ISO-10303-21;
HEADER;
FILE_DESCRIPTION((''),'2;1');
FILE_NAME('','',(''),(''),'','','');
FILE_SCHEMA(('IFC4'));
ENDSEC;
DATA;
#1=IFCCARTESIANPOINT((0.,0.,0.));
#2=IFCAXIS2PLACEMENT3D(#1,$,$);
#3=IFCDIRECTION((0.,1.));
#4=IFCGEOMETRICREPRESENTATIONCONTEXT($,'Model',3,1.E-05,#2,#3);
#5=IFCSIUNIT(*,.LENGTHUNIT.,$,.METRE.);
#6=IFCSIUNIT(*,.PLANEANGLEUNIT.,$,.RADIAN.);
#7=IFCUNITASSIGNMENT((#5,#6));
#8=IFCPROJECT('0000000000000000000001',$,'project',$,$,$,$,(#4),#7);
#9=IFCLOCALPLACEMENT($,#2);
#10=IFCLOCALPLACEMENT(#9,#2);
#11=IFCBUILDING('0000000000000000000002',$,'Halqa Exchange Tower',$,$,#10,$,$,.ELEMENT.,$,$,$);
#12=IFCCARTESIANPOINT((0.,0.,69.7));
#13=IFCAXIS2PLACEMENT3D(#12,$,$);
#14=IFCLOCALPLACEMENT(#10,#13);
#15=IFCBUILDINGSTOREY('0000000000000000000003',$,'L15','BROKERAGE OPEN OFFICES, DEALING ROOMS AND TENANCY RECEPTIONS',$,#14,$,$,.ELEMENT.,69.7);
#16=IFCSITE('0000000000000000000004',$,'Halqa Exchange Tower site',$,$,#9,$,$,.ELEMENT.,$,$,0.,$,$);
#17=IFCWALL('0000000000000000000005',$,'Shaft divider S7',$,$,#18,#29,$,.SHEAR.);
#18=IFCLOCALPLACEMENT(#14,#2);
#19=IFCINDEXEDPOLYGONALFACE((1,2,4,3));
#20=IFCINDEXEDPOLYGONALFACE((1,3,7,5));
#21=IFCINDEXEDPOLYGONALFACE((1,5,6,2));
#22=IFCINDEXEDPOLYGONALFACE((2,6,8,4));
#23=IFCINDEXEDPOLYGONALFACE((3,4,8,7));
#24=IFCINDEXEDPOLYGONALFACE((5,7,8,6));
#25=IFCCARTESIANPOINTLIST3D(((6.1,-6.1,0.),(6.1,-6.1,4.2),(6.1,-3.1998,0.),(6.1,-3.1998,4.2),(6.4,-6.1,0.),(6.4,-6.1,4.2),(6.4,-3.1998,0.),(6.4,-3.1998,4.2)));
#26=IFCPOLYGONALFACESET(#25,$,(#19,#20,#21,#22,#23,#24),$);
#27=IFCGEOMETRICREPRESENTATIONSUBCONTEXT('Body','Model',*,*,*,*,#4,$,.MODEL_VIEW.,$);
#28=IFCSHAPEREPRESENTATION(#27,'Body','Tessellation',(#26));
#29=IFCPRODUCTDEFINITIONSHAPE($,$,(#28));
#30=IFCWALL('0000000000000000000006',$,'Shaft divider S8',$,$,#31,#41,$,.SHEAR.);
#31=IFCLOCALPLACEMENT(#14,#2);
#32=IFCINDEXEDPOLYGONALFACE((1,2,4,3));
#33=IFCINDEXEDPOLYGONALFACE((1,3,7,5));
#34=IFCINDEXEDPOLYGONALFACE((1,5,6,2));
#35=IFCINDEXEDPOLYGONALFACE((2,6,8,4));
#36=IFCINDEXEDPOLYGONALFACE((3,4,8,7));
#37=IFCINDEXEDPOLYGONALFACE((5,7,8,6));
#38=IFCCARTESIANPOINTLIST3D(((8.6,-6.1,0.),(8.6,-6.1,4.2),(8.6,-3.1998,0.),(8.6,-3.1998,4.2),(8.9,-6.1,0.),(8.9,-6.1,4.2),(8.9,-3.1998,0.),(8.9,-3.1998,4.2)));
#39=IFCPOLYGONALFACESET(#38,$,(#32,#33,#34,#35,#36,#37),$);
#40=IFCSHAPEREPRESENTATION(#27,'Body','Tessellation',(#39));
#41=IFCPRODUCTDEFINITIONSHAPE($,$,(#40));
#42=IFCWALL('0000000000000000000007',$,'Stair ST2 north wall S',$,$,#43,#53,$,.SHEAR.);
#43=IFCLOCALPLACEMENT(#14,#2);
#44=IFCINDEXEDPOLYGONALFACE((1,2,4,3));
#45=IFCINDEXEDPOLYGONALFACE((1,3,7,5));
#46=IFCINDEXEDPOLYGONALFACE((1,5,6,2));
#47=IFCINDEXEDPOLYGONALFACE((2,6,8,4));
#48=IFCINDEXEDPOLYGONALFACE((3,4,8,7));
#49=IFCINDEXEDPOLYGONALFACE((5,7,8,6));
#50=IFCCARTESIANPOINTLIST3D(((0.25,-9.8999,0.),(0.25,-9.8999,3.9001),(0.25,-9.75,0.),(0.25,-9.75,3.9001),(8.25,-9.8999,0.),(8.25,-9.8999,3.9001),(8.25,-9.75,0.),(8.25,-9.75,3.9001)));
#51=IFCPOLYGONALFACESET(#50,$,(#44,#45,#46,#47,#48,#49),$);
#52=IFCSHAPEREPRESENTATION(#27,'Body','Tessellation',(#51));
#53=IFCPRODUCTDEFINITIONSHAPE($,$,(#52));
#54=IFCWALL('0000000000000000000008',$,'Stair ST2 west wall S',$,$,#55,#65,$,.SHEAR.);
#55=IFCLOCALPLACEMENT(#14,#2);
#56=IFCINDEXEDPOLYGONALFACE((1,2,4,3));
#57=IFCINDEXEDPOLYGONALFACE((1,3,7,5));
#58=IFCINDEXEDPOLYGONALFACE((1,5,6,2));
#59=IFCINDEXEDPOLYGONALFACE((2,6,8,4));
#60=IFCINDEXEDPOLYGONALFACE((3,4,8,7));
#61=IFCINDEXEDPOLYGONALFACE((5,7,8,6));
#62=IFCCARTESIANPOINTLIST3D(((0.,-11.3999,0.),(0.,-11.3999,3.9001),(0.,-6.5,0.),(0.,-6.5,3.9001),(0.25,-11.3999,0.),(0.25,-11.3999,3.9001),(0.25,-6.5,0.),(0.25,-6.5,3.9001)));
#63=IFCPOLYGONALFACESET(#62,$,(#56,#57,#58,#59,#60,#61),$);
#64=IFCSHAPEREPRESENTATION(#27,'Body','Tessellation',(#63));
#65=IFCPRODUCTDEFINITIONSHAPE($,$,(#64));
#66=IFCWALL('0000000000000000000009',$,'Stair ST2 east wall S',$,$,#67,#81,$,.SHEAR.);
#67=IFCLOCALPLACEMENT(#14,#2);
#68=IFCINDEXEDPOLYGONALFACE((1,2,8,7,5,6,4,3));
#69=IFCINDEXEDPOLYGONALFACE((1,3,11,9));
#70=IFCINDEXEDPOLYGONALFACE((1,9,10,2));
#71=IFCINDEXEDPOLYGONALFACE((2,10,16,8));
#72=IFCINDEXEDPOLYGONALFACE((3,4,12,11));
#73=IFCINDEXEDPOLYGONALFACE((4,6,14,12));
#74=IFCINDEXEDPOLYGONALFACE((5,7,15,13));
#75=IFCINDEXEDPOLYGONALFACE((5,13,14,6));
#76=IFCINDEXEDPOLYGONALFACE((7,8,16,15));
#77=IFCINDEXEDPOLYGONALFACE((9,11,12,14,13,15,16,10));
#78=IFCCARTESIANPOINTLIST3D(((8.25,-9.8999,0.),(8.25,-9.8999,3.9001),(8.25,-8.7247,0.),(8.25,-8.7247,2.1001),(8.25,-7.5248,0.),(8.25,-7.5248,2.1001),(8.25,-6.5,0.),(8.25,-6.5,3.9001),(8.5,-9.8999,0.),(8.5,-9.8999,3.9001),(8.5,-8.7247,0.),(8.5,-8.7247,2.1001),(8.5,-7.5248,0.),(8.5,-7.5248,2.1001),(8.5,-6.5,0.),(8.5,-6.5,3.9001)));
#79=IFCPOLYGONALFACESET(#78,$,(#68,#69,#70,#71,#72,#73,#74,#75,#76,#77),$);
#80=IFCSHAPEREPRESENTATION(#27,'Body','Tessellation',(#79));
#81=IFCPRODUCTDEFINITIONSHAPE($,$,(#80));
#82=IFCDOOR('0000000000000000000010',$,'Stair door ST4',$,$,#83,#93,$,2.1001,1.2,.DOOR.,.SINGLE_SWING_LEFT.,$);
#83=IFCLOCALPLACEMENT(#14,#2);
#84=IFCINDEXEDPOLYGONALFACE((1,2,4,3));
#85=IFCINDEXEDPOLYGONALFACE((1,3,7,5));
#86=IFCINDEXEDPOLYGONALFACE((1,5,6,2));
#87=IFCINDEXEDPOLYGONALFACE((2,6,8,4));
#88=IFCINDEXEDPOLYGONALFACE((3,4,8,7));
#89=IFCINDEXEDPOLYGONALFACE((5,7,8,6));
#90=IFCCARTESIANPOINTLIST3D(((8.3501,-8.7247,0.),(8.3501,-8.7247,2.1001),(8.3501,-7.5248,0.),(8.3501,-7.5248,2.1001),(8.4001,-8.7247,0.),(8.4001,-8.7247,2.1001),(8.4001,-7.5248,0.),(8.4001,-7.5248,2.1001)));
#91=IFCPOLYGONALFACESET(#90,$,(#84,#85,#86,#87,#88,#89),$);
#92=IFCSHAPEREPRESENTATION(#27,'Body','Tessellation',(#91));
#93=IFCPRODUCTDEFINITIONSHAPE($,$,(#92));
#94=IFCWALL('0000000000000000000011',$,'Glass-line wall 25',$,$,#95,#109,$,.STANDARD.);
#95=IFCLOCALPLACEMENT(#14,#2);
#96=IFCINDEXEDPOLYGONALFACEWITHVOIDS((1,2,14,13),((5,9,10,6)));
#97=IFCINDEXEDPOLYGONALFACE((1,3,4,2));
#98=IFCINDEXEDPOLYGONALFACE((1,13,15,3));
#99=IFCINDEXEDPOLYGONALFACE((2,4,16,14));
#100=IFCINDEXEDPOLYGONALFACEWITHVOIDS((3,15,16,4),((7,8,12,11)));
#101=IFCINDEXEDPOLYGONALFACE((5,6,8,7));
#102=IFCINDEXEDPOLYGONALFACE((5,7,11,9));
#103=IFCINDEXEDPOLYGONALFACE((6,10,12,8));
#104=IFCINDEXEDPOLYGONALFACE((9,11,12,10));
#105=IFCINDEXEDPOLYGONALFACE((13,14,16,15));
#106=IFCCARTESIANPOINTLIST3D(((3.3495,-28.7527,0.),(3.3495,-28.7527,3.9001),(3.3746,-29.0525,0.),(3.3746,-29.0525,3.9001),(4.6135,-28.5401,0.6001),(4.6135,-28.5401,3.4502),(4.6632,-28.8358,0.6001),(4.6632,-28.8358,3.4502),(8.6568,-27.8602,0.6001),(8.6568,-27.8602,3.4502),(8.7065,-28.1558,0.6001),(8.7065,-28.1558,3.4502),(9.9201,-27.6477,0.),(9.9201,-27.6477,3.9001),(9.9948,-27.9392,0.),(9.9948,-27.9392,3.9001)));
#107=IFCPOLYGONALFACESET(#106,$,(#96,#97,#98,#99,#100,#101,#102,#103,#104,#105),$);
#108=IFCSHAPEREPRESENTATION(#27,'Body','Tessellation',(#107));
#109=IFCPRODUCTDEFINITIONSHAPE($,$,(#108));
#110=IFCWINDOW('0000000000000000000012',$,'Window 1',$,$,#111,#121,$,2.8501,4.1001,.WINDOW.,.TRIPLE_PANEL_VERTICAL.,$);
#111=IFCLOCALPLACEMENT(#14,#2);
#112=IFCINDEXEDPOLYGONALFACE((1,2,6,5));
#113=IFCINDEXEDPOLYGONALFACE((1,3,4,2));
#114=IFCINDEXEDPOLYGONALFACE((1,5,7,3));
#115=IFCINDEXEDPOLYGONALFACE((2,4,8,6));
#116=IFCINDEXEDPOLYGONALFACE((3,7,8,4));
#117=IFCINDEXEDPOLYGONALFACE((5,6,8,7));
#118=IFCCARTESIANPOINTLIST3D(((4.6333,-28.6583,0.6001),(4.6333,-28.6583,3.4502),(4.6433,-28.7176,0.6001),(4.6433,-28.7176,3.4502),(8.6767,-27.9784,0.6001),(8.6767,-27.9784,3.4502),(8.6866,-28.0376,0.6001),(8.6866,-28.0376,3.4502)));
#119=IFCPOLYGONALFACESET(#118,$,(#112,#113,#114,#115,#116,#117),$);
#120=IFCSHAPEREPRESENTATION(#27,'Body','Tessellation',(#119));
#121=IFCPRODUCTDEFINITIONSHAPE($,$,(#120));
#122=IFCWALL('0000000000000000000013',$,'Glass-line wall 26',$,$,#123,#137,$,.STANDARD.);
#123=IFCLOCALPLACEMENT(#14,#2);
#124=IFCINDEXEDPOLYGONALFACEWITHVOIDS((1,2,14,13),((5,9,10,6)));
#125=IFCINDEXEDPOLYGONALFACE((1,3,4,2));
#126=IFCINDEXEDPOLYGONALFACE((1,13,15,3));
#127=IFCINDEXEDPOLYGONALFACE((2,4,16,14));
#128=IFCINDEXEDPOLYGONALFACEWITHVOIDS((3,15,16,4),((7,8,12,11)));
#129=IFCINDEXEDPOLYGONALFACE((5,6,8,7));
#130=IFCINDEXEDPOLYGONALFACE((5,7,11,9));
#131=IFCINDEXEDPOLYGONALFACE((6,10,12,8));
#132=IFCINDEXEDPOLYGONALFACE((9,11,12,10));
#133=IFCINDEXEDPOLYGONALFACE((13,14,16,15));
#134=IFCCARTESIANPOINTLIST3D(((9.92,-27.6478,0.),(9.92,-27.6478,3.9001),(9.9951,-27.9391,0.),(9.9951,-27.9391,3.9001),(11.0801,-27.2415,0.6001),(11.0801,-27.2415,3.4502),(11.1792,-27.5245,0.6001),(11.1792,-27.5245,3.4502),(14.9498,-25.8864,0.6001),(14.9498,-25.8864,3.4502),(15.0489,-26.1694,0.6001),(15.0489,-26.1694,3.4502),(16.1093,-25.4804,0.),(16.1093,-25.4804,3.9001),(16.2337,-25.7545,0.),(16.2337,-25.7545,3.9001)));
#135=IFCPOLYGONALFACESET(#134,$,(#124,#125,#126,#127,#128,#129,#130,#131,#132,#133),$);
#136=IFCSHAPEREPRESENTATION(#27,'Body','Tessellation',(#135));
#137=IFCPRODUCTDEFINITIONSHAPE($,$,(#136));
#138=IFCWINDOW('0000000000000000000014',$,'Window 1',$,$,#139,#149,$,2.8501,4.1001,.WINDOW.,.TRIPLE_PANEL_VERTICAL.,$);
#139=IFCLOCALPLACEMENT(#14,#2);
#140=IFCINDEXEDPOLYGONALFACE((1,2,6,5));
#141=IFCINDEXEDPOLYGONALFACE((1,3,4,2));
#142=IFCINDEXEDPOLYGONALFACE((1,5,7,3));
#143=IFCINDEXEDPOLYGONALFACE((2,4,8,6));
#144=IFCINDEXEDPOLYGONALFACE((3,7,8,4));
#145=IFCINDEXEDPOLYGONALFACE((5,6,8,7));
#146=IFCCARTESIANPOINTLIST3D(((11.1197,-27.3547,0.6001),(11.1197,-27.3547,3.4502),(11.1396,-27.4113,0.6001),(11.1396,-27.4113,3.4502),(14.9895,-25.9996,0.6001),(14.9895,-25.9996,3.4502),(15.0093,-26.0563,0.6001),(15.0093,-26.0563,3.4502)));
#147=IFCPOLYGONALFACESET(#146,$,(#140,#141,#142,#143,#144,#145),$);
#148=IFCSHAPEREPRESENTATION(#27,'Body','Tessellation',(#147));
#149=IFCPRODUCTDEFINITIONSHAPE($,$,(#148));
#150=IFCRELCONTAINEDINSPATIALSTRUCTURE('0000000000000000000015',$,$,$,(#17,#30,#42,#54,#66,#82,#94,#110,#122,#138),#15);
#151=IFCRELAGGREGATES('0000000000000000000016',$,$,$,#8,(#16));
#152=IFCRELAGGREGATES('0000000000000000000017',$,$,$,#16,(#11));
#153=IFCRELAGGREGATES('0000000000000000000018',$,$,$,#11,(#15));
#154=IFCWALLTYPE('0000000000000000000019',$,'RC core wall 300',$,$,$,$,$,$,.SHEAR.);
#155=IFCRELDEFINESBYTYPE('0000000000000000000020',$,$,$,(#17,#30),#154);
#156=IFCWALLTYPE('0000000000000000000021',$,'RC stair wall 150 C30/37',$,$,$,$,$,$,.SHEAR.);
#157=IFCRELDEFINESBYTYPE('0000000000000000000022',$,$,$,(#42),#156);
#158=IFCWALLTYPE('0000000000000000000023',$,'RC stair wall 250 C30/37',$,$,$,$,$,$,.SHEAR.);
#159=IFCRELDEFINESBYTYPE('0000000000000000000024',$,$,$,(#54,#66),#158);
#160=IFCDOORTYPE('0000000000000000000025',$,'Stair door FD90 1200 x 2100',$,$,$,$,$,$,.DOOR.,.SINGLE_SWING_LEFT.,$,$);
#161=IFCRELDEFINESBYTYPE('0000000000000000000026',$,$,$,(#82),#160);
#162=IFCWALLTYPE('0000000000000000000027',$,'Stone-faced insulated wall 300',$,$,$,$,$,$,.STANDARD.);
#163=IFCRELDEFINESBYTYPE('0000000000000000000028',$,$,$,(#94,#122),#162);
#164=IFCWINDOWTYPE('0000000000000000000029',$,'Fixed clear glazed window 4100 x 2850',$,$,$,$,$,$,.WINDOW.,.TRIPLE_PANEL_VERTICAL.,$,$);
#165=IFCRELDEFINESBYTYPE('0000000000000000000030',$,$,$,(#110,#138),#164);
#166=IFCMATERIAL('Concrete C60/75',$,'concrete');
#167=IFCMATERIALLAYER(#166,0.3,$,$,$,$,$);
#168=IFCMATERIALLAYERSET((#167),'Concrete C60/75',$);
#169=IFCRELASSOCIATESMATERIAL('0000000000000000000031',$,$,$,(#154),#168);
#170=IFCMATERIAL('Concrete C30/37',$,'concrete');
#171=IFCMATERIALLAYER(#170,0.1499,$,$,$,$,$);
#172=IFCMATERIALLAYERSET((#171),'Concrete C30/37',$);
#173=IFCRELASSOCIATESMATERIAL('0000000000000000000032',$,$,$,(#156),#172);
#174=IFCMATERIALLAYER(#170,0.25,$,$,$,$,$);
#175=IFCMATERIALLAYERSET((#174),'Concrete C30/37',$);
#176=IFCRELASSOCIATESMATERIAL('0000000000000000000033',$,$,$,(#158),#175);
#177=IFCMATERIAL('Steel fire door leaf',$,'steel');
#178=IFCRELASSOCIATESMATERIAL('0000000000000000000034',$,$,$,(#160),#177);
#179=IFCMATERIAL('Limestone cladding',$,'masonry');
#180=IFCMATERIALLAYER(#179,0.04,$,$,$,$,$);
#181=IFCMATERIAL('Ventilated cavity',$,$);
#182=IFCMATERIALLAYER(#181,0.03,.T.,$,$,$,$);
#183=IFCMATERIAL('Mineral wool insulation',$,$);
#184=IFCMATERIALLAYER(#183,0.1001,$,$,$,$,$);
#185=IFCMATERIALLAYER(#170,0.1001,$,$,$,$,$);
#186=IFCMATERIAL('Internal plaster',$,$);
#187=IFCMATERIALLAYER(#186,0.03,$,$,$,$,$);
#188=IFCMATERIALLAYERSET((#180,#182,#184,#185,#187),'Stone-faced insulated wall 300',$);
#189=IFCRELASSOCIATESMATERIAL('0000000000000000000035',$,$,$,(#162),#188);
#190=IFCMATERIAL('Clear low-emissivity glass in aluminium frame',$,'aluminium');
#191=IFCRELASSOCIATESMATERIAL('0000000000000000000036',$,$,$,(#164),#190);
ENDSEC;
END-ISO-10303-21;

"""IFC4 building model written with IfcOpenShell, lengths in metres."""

from ifc_helpers import new_model, si_unit, direction, frame, frame_2d, origin, place, context, subcontext, project, spatial, polyline, rectangle, outline, extrude, material, layer, layer_set, type_object, element, fill, save


model = new_model("IFC4")

# Units and contexts
model_context = context("Model", 3, precision=1e-05, world=origin(), true_north=direction((0.0, 1.0)))
body_context = subcontext(model_context, "Body", "Model", "MODEL_VIEW")
ifc_project = project(units=[si_unit("LENGTHUNIT", "METRE"), si_unit("PLANEANGLEUNIT", "RADIAN")], contexts=[model_context])

# Site, building, storey
site_placement = place(None, origin())
site = spatial("IfcSite", under=ifc_project, at=site_placement, Name="Halqa Exchange Tower site", CompositionType="ELEMENT", RefElevation=0.0)
building_placement = place(site_placement, origin())
building = spatial("IfcBuilding", under=site, at=building_placement, Name="Halqa Exchange Tower", CompositionType="ELEMENT")
storey_placement = place(building_placement, frame((0.0, 0.0, 69.7)))
storey = spatial("IfcBuildingStorey", under=building, at=storey_placement, Name="L15", Description="BROKERAGE OPEN OFFICES, DEALING ROOMS AND TENANCY RECEPTIONS", CompositionType="ELEMENT", Elevation=69.7)

# Shared definitions
ifc_material_1 = material(Name="Concrete C60/75", Category="concrete")

# Walls
ifc_layer_1 = layer(ifc_material_1, 0.3)
ifc_layer_set_1 = layer_set([ifc_layer_1], Name="Concrete C60/75")
wall_type_1 = type_object("IfcWallType", Name="RC core wall 300", PredefinedType="SHEAR", material=ifc_layer_set_1)
for number, where, z_axis, x_axis, name in (
    (1, (6.25, -6.1001, 0.0), (0.0, 0.0, 1.0), (0.0, 1.0, 0.0), "Shaft divider S7"),
    (2, (8.75, -6.1001, 0.0), (0.0, 0.0, 1.0), (0.0, 1.0, 0.0), "Shaft divider S8"),
):
    element("IfcWall", number, at=place(storey_placement, frame(where, z_axis=z_axis, x_axis=x_axis)), inside=storey, type_object=wall_type_1, Name=name, PredefinedType="SHEAR", context=body_context, shape_type="SweptSolid", body=[
        extrude(rectangle(XDim=2.9001, YDim=0.3, at=frame_2d((1.4502, 0.0))), origin(), (0.0, 0.0, 1.0), 4.2),
    ])
ifc_material_2 = material(Name="Concrete C30/37", Category="concrete")
ifc_layer_2 = layer(ifc_material_2, 0.1499)
ifc_layer_set_2 = layer_set([ifc_layer_2], Name="Concrete C30/37")
wall_type_2 = type_object("IfcWallType", Name="RC stair wall 150 C30/37", PredefinedType="SHEAR", material=ifc_layer_set_2)
wall_1_placement = place(storey_placement, frame((0.25, -9.825, 0.0), z_axis=(0.0, 0.0, 1.0), x_axis=(1.0, 0.0, 0.0)))
element("IfcWall", 3, at=wall_1_placement, inside=storey, type_object=wall_type_2, Name="Stair ST2 north wall S", PredefinedType="SHEAR", context=body_context, shape_type="SweptSolid", body=[
    extrude(rectangle(XDim=8.0, YDim=0.1499, at=frame_2d((4.0, 0.0))), origin(), (0.0, 0.0, 1.0), 3.9001),
])
ifc_layer_3 = layer(ifc_material_2, 0.25)
ifc_layer_set_3 = layer_set([ifc_layer_3], Name="Concrete C30/37")
wall_type_3 = type_object("IfcWallType", Name="RC stair wall 250 C30/37", PredefinedType="SHEAR", material=ifc_layer_set_3)
wall_2_placement = place(storey_placement, frame((0.125, -11.3999, 0.0), z_axis=(0.0, 0.0, 1.0), x_axis=(0.0, 1.0, 0.0)))
element("IfcWall", 4, at=wall_2_placement, inside=storey, type_object=wall_type_3, Name="Stair ST2 west wall S", PredefinedType="SHEAR", context=body_context, shape_type="SweptSolid", body=[
    extrude(rectangle(XDim=4.8999, YDim=0.25, at=frame_2d((2.45, 0.0))), origin(), (0.0, 0.0, 1.0), 3.9001),
])

# Wall, opening, door
wall_3_placement = place(storey_placement, frame((8.375, -9.8999, 0.0), z_axis=(0.0, 0.0, 1.0), x_axis=(0.0, 1.0, 0.0)))
wall_3 = element("IfcWall", 5, at=wall_3_placement, inside=storey, type_object=wall_type_3, Name="Stair ST2 east wall S", PredefinedType="SHEAR", context=body_context, shape_type="SweptSolid", body=[
    extrude(rectangle(XDim=3.3999, YDim=0.25, at=frame_2d((1.7, 0.0))), origin(), (0.0, 0.0, 1.0), 3.9001),
])
opening_1_placement = place(wall_3_placement, frame((1.175, 0.0, 0.0)))
opening_1 = element("IfcOpeningElement", 6, at=opening_1_placement, cuts=wall_3, PredefinedType="OPENING", context=body_context, shape_type="SweptSolid", body=[
    extrude(rectangle(XDim=1.2, YDim=2.1001, at=frame_2d((0.6001, 1.05))), frame((0.0, 0.137, 0.0), z_axis=(0.0, -1.0, 0.0), x_axis=(1.0, 0.0, 0.0)), (0.0, 0.0, 1.0), 0.2739),
])
ifc_material_3 = material(Name="Steel fire door leaf", Category="steel")
door_type = type_object("IfcDoorType", Name="Stair door FD90 1200 x 2100", OperationType="SINGLE_SWING_LEFT", PredefinedType="DOOR", material=ifc_material_3)
door_placement = place(opening_1_placement, origin())
door = element("IfcDoor", 7, at=door_placement, inside=storey, type_object=door_type, Name="Stair door ST4", OperationType="SINGLE_SWING_LEFT", OverallHeight=2.1001, OverallWidth=1.2, PredefinedType="DOOR", context=body_context, shape_type="SweptSolid", body=[
    extrude(rectangle(XDim=1.2, YDim=2.1001, at=frame_2d((0.6001, 1.05))), frame((0.0, 0.0249, 0.0), z_axis=(0.0, -1.0, 0.0), x_axis=(1.0, 0.0, 0.0)), (0.0, 0.0, 1.0), 0.05),
])
fill(opening_1, door)

# Walls, openings, windows
ifc_material_4 = material(Name="Limestone cladding", Category="masonry")
ifc_layer_4 = layer(ifc_material_4, 0.04)
ifc_material_5 = material(Name="Ventilated cavity")
ifc_layer_5 = layer(ifc_material_5, 0.03, ventilated=True)
ifc_material_6 = material(Name="Mineral wool insulation")
ifc_layer_6 = layer(ifc_material_6, 0.1001)
ifc_layer_7 = layer(ifc_material_2, 0.1001)
ifc_material_7 = material(Name="Internal plaster")
ifc_layer_8 = layer(ifc_material_7, 0.03)
ifc_layer_set_4 = layer_set([ifc_layer_4, ifc_layer_5, ifc_layer_6, ifc_layer_7, ifc_layer_8], Name="Stone-faced insulated wall 300")
wall_type_4 = type_object("IfcWallType", Name="Stone-faced insulated wall 300", PredefinedType="STANDARD", material=ifc_layer_set_4)
wall_4_placement = place(storey_placement, frame((3.3621, -28.9026, 0.0), z_axis=(0.0, 0.0, 1.0), x_axis=(0.986153, 0.165837, 0.0)))
wall_4 = element("IfcWall", 8, at=wall_4_placement, inside=storey, type_object=wall_type_4, Name="Glass-line wall 25", PredefinedType="STANDARD", context=body_context, shape_type="SweptSolid", body=[
    extrude(outline(polyline([(-0.0125, -0.1499), (6.7007, -0.1499), (6.6753, 0.1499), (0.0125, 0.1499), (-0.0125, -0.1499)])), origin(), (0.0, 0.0, 1.0), 3.9001),
])
opening_2_placement = place(wall_4_placement, frame((1.2942, 0.0, 0.6001)))
opening_2 = element("IfcOpeningElement", 9, at=opening_2_placement, cuts=wall_4, PredefinedType="OPENING", context=body_context, shape_type="SweptSolid", body=[
    extrude(rectangle(XDim=4.1001, YDim=2.8501, at=frame_2d((2.05, 1.425))), frame((0.0, 0.1621, 0.0), z_axis=(0.0, -1.0, 0.0), x_axis=(1.0, 0.0, 0.0)), (0.0, 0.0, 1.0), 0.324),
])
ifc_material_8 = material(Name="Clear low-emissivity glass in aluminium frame", Category="aluminium")
window_type = type_object("IfcWindowType", Name="Fixed clear glazed window 4100 x 2850", PartitioningType="TRIPLE_PANEL_VERTICAL", PredefinedType="WINDOW", material=ifc_material_8)
window_1_placement = place(opening_2_placement, origin())
window_1 = element("IfcWindow", 10, at=window_1_placement, inside=storey, type_object=window_type, Name="Window 1", OverallHeight=2.8501, OverallWidth=4.1001, PartitioningType="TRIPLE_PANEL_VERTICAL", PredefinedType="WINDOW", context=body_context, shape_type="SweptSolid", body=[
    extrude(rectangle(XDim=4.1001, YDim=2.8501, at=frame_2d((2.05, 1.425))), frame((0.0, 0.03, 0.0), z_axis=(0.0, -1.0, 0.0), x_axis=(1.0, 0.0, 0.0)), (0.0, 0.0, 1.0), 0.0601),
])
fill(opening_2, window_1)
wall_5_placement = place(storey_placement, frame((9.9575, -27.7935, 0.0), z_axis=(0.0, 0.0, 1.0), x_axis=(0.943807, 0.330497, 0.0)))
wall_5 = element("IfcWall", 11, at=wall_5_placement, inside=storey, type_object=wall_type_4, Name="Glass-line wall 26", PredefinedType="STANDARD", context=body_context, shape_type="SweptSolid", body=[
    extrude(outline(polyline([(-0.0127, -0.1499), (6.5974, -0.1499), (6.5706, 0.1499), (0.0127, 0.1499), (-0.0127, -0.1499)])), origin(), (0.0, 0.0, 1.0), 3.9001),
])
opening_3_placement = place(wall_5_placement, frame((1.2419, 0.0, 0.6001)))
opening_3 = element("IfcOpeningElement", 12, at=opening_3_placement, cuts=wall_5, PredefinedType="OPENING", context=body_context, shape_type="SweptSolid", body=[
    extrude(rectangle(XDim=4.1001, YDim=2.8501, at=frame_2d((2.05, 1.425))), frame((0.0, 0.1621, 0.0), z_axis=(0.0, -1.0, 0.0), x_axis=(1.0, 0.0, 0.0)), (0.0, 0.0, 1.0), 0.324),
])
window_2_placement = place(opening_3_placement, origin())
window_2 = element("IfcWindow", 13, at=window_2_placement, inside=storey, type_object=window_type, Name="Window 1", OverallHeight=2.8501, OverallWidth=4.1001, PartitioningType="TRIPLE_PANEL_VERTICAL", PredefinedType="WINDOW", context=body_context, shape_type="SweptSolid", body=[
    extrude(rectangle(XDim=4.1001, YDim=2.8501, at=frame_2d((2.05, 1.425))), frame((0.0, 0.03, 0.0), z_axis=(0.0, -1.0, 0.0), x_axis=(1.0, 0.0, 0.0)), (0.0, 0.0, 1.0), 0.0601),
])
fill(opening_3, window_2)

save(model, "model.ifc")
